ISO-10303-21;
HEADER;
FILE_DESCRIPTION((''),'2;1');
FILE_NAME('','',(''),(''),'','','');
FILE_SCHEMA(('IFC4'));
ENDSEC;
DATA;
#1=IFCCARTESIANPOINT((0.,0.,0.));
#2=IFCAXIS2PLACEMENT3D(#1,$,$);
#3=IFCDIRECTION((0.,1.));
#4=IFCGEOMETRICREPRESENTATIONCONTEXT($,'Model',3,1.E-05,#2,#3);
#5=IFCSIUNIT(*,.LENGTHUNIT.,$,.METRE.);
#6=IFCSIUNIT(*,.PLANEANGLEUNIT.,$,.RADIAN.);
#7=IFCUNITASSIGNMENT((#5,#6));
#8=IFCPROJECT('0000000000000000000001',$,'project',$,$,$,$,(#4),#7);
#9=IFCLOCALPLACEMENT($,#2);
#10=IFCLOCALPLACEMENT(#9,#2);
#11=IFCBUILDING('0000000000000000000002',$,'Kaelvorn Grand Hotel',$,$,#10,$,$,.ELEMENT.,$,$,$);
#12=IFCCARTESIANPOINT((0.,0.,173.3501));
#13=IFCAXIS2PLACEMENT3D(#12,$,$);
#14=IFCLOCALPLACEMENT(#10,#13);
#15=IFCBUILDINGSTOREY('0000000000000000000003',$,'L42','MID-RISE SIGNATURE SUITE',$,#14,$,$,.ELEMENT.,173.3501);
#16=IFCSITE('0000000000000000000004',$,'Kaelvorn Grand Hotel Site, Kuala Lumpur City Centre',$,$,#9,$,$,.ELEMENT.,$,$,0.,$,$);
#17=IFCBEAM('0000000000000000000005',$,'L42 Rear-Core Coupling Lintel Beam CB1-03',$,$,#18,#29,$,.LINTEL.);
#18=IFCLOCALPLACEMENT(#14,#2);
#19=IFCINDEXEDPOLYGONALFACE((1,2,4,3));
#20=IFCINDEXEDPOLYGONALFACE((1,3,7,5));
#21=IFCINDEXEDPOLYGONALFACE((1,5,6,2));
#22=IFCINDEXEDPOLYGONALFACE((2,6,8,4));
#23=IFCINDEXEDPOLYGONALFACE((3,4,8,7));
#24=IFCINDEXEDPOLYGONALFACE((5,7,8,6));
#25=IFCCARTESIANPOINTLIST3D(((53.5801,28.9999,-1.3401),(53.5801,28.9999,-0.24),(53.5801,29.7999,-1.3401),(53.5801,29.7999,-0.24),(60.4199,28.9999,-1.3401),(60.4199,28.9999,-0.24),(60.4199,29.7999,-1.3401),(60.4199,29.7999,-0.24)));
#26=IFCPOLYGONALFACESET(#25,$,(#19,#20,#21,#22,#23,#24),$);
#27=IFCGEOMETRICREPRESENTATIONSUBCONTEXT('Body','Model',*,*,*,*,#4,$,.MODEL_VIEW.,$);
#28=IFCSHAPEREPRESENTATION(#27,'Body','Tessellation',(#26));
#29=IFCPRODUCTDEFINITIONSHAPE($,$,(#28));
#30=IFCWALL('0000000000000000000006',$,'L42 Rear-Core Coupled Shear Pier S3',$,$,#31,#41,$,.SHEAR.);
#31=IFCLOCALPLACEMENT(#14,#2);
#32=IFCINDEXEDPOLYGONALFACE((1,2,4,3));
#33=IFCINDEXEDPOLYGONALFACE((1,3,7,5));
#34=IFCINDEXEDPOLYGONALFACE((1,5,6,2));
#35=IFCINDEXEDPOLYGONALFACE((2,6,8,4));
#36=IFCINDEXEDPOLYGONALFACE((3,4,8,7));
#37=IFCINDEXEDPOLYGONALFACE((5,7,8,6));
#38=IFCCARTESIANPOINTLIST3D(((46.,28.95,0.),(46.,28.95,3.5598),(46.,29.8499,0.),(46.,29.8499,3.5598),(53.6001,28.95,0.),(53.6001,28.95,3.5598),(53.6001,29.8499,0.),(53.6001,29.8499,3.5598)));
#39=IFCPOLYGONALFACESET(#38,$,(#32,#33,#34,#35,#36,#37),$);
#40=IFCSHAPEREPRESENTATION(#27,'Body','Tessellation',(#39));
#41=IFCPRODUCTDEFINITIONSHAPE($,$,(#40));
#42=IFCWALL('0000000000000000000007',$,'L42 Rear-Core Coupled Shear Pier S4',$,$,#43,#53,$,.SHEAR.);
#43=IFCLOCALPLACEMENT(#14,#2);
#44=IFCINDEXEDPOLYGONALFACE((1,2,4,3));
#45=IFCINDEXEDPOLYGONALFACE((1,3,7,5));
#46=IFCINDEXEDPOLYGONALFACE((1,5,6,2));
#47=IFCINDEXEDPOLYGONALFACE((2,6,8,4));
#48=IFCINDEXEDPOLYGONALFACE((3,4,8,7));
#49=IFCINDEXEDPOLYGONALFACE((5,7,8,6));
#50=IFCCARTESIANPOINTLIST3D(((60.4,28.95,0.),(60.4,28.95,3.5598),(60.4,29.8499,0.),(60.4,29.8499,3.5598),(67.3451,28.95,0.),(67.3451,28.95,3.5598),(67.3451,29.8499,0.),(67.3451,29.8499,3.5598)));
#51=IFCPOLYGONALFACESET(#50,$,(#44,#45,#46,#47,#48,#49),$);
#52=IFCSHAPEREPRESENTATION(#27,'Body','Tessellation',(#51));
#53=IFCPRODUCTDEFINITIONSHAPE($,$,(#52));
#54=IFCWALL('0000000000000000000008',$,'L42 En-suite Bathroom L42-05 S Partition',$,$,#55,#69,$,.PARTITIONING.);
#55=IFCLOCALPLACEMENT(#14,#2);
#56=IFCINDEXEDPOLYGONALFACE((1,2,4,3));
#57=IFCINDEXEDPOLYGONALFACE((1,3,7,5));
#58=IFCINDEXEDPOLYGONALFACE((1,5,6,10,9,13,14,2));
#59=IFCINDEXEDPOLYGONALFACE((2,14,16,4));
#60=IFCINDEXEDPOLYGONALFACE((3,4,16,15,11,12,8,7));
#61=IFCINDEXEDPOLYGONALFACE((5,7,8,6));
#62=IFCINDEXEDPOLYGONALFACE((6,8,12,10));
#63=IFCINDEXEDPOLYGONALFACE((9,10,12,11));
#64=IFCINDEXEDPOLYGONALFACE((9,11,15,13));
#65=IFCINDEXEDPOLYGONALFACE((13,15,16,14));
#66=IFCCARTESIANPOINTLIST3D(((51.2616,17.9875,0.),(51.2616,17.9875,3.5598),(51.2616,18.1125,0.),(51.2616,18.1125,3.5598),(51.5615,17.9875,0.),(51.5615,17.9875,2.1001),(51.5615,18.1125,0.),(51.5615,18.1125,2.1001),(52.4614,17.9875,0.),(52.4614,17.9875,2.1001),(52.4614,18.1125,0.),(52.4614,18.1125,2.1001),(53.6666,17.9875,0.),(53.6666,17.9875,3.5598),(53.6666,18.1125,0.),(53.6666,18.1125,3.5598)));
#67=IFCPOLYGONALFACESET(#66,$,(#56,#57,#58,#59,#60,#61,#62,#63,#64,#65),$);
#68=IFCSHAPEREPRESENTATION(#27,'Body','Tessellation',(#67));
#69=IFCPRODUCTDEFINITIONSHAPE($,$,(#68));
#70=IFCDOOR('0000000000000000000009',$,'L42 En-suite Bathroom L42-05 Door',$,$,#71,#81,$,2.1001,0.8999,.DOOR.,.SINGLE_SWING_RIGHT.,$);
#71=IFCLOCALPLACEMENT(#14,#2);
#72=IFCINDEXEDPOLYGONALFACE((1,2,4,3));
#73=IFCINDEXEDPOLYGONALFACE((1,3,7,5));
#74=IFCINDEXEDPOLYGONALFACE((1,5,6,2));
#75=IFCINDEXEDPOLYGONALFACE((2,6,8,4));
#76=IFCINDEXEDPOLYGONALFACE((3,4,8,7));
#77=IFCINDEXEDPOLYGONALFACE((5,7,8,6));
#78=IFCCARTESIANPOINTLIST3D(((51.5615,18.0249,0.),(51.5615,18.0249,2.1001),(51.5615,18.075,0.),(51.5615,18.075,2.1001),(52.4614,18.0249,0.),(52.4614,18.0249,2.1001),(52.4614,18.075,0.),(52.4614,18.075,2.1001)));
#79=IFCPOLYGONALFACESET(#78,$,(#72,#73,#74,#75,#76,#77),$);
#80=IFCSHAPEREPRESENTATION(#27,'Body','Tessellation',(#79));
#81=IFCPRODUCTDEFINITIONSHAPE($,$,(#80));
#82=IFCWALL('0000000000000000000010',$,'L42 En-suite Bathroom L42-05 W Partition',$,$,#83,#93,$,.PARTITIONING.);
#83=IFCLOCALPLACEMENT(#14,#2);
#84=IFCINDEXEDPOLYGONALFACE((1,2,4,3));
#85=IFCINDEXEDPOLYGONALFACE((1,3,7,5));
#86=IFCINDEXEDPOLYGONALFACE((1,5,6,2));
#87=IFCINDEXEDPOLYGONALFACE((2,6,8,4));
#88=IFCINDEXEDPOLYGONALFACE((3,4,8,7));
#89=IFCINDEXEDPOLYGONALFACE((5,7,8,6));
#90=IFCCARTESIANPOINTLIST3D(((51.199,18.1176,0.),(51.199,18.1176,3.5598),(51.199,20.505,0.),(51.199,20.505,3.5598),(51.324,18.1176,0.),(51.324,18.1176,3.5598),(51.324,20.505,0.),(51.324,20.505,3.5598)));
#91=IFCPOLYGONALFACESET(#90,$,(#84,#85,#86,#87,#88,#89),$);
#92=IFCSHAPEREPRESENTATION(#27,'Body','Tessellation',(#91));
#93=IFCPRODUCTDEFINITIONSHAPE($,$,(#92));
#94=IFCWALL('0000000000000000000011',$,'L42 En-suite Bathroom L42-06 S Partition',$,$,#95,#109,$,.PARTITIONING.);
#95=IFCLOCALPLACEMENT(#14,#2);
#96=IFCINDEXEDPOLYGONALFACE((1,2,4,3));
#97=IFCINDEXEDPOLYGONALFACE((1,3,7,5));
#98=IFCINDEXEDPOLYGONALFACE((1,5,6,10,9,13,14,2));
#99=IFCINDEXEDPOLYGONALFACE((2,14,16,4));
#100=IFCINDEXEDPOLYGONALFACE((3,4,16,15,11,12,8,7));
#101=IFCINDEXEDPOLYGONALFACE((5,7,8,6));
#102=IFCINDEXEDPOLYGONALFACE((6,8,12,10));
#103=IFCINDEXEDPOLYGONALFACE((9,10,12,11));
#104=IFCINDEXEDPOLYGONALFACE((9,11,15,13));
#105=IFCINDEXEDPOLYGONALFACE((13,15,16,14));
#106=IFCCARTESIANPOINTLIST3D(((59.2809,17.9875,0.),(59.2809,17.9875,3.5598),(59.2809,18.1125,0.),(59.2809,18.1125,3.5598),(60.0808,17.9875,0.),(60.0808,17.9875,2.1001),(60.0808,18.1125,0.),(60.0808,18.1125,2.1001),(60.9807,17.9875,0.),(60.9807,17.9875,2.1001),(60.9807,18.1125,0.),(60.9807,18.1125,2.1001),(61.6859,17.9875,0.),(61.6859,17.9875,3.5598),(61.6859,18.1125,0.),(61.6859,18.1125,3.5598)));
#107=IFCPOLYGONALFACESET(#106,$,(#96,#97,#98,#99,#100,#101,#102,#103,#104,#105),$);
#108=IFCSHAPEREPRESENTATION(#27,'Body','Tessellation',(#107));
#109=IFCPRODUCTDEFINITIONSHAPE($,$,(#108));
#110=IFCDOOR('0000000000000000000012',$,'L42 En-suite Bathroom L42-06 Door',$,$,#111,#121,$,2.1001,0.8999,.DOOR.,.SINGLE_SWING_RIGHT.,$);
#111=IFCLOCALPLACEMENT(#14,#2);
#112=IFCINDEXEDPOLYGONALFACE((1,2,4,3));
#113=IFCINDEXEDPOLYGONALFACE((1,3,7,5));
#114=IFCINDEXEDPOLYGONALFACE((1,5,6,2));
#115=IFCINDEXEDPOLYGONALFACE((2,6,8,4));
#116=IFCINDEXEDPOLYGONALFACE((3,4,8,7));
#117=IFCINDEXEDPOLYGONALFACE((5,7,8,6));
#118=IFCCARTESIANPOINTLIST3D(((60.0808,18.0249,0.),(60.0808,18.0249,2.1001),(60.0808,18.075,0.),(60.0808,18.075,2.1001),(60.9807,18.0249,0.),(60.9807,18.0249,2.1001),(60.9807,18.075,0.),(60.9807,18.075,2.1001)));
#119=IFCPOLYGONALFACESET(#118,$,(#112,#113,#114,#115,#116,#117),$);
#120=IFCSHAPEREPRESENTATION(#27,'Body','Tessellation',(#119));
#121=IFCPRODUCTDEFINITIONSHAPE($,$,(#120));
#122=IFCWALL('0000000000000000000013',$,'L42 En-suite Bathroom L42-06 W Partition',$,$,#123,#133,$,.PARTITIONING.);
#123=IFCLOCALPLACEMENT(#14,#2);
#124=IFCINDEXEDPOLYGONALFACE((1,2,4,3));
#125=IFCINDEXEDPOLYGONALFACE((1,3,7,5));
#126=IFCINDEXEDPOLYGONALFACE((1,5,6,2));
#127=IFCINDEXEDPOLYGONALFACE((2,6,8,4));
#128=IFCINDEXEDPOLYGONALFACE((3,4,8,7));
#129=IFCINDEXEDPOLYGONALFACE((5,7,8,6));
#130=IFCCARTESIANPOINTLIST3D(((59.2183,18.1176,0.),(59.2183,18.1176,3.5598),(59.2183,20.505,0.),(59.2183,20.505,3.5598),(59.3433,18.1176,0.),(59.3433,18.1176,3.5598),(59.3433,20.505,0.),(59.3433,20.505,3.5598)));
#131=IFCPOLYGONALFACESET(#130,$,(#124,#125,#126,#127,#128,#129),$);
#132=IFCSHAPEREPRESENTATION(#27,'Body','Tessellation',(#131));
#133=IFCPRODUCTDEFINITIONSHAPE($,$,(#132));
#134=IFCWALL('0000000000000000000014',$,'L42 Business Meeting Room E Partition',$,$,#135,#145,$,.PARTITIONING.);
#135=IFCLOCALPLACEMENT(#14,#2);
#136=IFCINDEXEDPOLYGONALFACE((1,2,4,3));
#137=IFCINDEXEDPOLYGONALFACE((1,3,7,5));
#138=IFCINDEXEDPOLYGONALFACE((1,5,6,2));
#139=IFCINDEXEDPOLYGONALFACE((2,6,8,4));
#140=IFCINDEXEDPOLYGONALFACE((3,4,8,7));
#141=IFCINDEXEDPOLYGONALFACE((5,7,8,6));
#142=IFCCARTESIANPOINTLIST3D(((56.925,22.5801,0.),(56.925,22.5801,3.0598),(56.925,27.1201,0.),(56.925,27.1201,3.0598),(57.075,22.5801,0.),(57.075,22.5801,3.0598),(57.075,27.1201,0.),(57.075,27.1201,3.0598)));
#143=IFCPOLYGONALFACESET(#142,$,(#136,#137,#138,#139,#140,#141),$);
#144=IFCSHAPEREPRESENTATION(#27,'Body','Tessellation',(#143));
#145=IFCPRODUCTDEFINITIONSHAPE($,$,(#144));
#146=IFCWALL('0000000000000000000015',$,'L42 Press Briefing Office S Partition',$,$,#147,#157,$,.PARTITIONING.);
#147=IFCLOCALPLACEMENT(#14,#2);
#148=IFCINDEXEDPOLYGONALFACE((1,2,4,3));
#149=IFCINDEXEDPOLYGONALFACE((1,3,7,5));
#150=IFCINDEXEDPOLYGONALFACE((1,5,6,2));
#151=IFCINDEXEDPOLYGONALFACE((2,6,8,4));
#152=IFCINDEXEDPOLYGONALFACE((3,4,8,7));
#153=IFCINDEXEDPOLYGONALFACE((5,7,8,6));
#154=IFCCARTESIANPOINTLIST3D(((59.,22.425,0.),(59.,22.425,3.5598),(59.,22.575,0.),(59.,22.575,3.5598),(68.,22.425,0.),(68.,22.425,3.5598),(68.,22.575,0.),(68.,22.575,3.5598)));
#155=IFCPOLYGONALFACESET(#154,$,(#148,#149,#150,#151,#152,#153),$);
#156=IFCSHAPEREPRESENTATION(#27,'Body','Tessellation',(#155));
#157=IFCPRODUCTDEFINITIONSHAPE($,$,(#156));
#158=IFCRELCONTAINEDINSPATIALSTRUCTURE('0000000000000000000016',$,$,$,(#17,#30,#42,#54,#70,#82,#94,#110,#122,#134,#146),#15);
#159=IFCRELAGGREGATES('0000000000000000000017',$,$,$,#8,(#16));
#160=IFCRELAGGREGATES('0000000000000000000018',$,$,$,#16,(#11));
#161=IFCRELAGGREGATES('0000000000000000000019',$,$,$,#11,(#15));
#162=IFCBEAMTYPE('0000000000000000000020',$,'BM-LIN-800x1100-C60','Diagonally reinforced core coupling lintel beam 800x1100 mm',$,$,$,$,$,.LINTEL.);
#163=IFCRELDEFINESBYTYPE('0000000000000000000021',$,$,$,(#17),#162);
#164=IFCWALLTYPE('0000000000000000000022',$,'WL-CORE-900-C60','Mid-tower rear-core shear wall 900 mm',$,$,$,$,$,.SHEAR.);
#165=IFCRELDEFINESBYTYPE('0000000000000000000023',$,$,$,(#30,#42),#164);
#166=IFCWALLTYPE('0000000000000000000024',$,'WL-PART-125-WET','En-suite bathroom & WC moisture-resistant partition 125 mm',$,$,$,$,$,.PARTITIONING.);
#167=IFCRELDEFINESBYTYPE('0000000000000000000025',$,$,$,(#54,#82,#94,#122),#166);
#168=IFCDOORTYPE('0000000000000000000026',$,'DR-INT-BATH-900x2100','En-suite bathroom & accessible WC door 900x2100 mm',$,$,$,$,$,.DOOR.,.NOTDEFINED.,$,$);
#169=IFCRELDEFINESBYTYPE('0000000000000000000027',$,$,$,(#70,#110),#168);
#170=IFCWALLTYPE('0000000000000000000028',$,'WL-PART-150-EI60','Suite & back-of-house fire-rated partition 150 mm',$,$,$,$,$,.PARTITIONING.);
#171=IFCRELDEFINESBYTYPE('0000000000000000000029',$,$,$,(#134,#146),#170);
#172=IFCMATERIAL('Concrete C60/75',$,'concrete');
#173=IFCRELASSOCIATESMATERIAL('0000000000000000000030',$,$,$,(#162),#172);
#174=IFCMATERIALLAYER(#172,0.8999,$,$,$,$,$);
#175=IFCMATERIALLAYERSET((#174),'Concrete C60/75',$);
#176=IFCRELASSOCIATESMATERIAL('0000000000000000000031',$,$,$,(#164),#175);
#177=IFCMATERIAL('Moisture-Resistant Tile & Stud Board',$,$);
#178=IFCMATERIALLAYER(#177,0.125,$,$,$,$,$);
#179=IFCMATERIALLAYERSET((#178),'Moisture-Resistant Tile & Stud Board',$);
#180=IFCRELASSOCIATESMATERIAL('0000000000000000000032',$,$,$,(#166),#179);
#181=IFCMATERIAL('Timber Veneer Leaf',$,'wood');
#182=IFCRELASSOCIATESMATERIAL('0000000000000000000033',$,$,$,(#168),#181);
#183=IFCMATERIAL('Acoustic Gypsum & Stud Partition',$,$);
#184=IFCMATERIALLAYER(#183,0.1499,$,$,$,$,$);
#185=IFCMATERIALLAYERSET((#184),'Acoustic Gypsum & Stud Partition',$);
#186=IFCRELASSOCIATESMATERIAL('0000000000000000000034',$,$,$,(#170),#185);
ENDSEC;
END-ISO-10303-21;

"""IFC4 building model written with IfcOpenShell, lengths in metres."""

from ifc_helpers import new_model, si_unit, direction, frame, frame_2d, origin, origin_2d, place, context, subcontext, project, spatial, rectangle, extrude, material, layer, layer_set, material_profile, profile_set, type_object, element, fill, save


model = new_model("IFC4")

# Units and contexts
model_context = context("Model", 3, precision=1e-05, world=origin(), true_north=direction((0.0, 1.0)))
body_context = subcontext(model_context, "Body", "Model", "MODEL_VIEW")
ifc_project = project(units=[si_unit("LENGTHUNIT", "METRE"), si_unit("PLANEANGLEUNIT", "RADIAN")], contexts=[model_context])

# Site, building, storey
site_placement = place(None, origin())
site = spatial("IfcSite", under=ifc_project, at=site_placement, Name="Kaelvorn Grand Hotel Site, Kuala Lumpur City Centre", CompositionType="ELEMENT", RefElevation=0.0)
building_placement = place(site_placement, origin())
building = spatial("IfcBuilding", under=site, at=building_placement, Name="Kaelvorn Grand Hotel", CompositionType="ELEMENT")
storey_placement = place(building_placement, frame((0.0, 0.0, 173.3501)))
storey = spatial("IfcBuildingStorey", under=building, at=storey_placement, Name="L42", Description="MID-RISE SIGNATURE SUITE", CompositionType="ELEMENT", Elevation=173.3501)

# Shared definitions
ifc_material_1 = material(Name="Concrete C60/75", Category="concrete")

# Beam
ifc_material_profile_1 = material_profile(ifc_material_1, rectangle(XDim=0.8, YDim=1.1001, at=origin_2d()), Name="RC LINTEL 800x1100")
ifc_profile_set_1 = profile_set([ifc_material_profile_1], Name="Concrete C60/75")
beam_type_1 = type_object("IfcBeamType", Name="BM-LIN-800x1100-C60", Description="Diagonally reinforced core coupling lintel beam 800x1100 mm", PredefinedType="LINTEL", material=ifc_profile_set_1)
beam_1_placement = place(storey_placement, frame((53.5801, 29.3999, -0.79), z_axis=(1.0, 0.0, 0.0), x_axis=(0.0, 1.0, 0.0)))
element("IfcBeam", 1, at=beam_1_placement, inside=storey, type_object=beam_type_1, Name="L42 Rear-Core Coupling Lintel Beam CB1-03", PredefinedType="LINTEL", context=body_context, shape_type="SweptSolid", body=[
    extrude(rectangle(XDim=0.8, YDim=1.1001, at=origin_2d()), origin(), (0.0, 0.0, 1.0), 6.8398),
])

# Walls
ifc_layer_1 = layer(ifc_material_1, 0.8999)
ifc_layer_set_1 = layer_set([ifc_layer_1], Name="Concrete C60/75")
wall_type_1 = type_object("IfcWallType", Name="WL-CORE-900-C60", Description="Mid-tower rear-core shear wall 900 mm", PredefinedType="SHEAR", material=ifc_layer_set_1)
wall_1_placement = place(storey_placement, frame((46.0, 29.3999, 0.0), z_axis=(0.0, 0.0, 1.0), x_axis=(1.0, 0.0, 0.0)))
element("IfcWall", 2, at=wall_1_placement, inside=storey, type_object=wall_type_1, Name="L42 Rear-Core Coupled Shear Pier S3", PredefinedType="SHEAR", context=body_context, shape_type="SweptSolid", body=[
    extrude(rectangle(XDim=7.6001, YDim=0.8999, at=frame_2d((3.8, 0.0))), origin(), (0.0, 0.0, 1.0), 3.5598),
])
wall_2_placement = place(storey_placement, frame((60.3999, 29.3999, 0.0), z_axis=(0.0, 0.0, 1.0), x_axis=(1.0, 0.0, 0.0)))
element("IfcWall", 3, at=wall_2_placement, inside=storey, type_object=wall_type_1, Name="L42 Rear-Core Coupled Shear Pier S4", PredefinedType="SHEAR", context=body_context, shape_type="SweptSolid", body=[
    extrude(rectangle(XDim=6.9451, YDim=0.8999, at=frame_2d((3.4727, 0.0))), origin(), (0.0, 0.0, 1.0), 3.5598),
])

# Wall, opening, door
ifc_material_2 = material(Name="Moisture-Resistant Tile & Stud Board")
ifc_layer_2 = layer(ifc_material_2, 0.125)
ifc_layer_set_2 = layer_set([ifc_layer_2], Name="Moisture-Resistant Tile & Stud Board")
wall_type_2 = type_object("IfcWallType", Name="WL-PART-125-WET", Description="En-suite bathroom & WC moisture-resistant partition 125 mm", PredefinedType="PARTITIONING", material=ifc_layer_set_2)
wall_3_placement = place(storey_placement, frame((51.2615, 18.05, 0.0), z_axis=(0.0, 0.0, 1.0), x_axis=(1.0, 0.0, 0.0)))
wall_3 = element("IfcWall", 4, at=wall_3_placement, inside=storey, type_object=wall_type_2, Name="L42 En-suite Bathroom L42-05 S Partition", PredefinedType="PARTITIONING", context=body_context, shape_type="SweptSolid", body=[
    extrude(rectangle(XDim=2.405, YDim=0.125, at=frame_2d((1.2026, 0.0))), origin(), (0.0, 0.0, 1.0), 3.5598),
])
opening_1_placement = place(wall_3_placement, frame((0.3, 0.0, 0.0)))
opening_1 = element("IfcOpeningElement", 5, at=opening_1_placement, cuts=wall_3, PredefinedType="OPENING", context=body_context, shape_type="SweptSolid", body=[
    extrude(rectangle(XDim=0.8999, YDim=2.1001, at=frame_2d((0.45, 1.05))), frame((0.0, 0.0725, 0.0), z_axis=(0.0, -1.0, 0.0), x_axis=(1.0, 0.0, 0.0)), (0.0, 0.0, 1.0), 0.145),
])
ifc_material_3 = material(Name="Timber Veneer Leaf", Category="wood")
door_type_1 = type_object("IfcDoorType", Name="DR-INT-BATH-900x2100", Description="En-suite bathroom & accessible WC door 900x2100 mm", OperationType="NOTDEFINED", PredefinedType="DOOR", material=ifc_material_3)
door_1_placement = place(opening_1_placement, origin())
door_1 = element("IfcDoor", 6, at=door_1_placement, inside=storey, type_object=door_type_1, Name="L42 En-suite Bathroom L42-05 Door", OperationType="SINGLE_SWING_RIGHT", OverallHeight=2.1001, OverallWidth=0.8999, PredefinedType="DOOR", context=body_context, shape_type="SweptSolid", body=[
    extrude(rectangle(XDim=0.8999, YDim=2.1001, at=frame_2d((0.45, 1.05))), frame((0.0, 0.0249, 0.0), z_axis=(0.0, -1.0, 0.0), x_axis=(1.0, 0.0, 0.0)), (0.0, 0.0, 1.0), 0.05),
])
fill(opening_1, door_1)

# Wall
wall_4_placement = place(storey_placement, frame((51.2615, 18.1174, 0.0), z_axis=(0.0, 0.0, 1.0), x_axis=(0.0, 1.0, 0.0)))
element("IfcWall", 7, at=wall_4_placement, inside=storey, type_object=wall_type_2, Name="L42 En-suite Bathroom L42-05 W Partition", PredefinedType="PARTITIONING", context=body_context, shape_type="SweptSolid", body=[
    extrude(rectangle(XDim=2.3875, YDim=0.125, at=frame_2d((1.1938, 0.0))), origin(), (0.0, 0.0, 1.0), 3.5598),
])

# Wall, opening, door
wall_5_placement = place(storey_placement, frame((59.2808, 18.05, 0.0), z_axis=(0.0, 0.0, 1.0), x_axis=(1.0, 0.0, 0.0)))
wall_5 = element("IfcWall", 8, at=wall_5_placement, inside=storey, type_object=wall_type_2, Name="L42 En-suite Bathroom L42-06 S Partition", PredefinedType="PARTITIONING", context=body_context, shape_type="SweptSolid", body=[
    extrude(rectangle(XDim=2.405, YDim=0.125, at=frame_2d((1.2026, 0.0))), origin(), (0.0, 0.0, 1.0), 3.5598),
])
opening_2_placement = place(wall_5_placement, frame((0.8, 0.0, 0.0)))
opening_2 = element("IfcOpeningElement", 9, at=opening_2_placement, cuts=wall_5, PredefinedType="OPENING", context=body_context, shape_type="SweptSolid", body=[
    extrude(rectangle(XDim=0.8999, YDim=2.1001, at=frame_2d((0.45, 1.05))), frame((0.0, 0.0725, 0.0), z_axis=(0.0, -1.0, 0.0), x_axis=(1.0, 0.0, 0.0)), (0.0, 0.0, 1.0), 0.145),
])
door_2_placement = place(opening_2_placement, origin())
door_2 = element("IfcDoor", 10, at=door_2_placement, inside=storey, type_object=door_type_1, Name="L42 En-suite Bathroom L42-06 Door", OperationType="SINGLE_SWING_RIGHT", OverallHeight=2.1001, OverallWidth=0.8999, PredefinedType="DOOR", context=body_context, shape_type="SweptSolid", body=[
    extrude(rectangle(XDim=0.8999, YDim=2.1001, at=frame_2d((0.45, 1.05))), frame((0.0, 0.0249, 0.0), z_axis=(0.0, -1.0, 0.0), x_axis=(1.0, 0.0, 0.0)), (0.0, 0.0, 1.0), 0.05),
])
fill(opening_2, door_2)

# Walls
wall_6_placement = place(storey_placement, frame((59.2808, 18.1174, 0.0), z_axis=(0.0, 0.0, 1.0), x_axis=(0.0, 1.0, 0.0)))
element("IfcWall", 11, at=wall_6_placement, inside=storey, type_object=wall_type_2, Name="L42 En-suite Bathroom L42-06 W Partition", PredefinedType="PARTITIONING", context=body_context, shape_type="SweptSolid", body=[
    extrude(rectangle(XDim=2.3875, YDim=0.125, at=frame_2d((1.1938, 0.0))), origin(), (0.0, 0.0, 1.0), 3.5598),
])
ifc_material_4 = material(Name="Acoustic Gypsum & Stud Partition")
ifc_layer_3 = layer(ifc_material_4, 0.1499)
ifc_layer_set_3 = layer_set([ifc_layer_3], Name="Acoustic Gypsum & Stud Partition")
wall_type_3 = type_object("IfcWallType", Name="WL-PART-150-EI60", Description="Suite & back-of-house fire-rated partition 150 mm", PredefinedType="PARTITIONING", material=ifc_layer_set_3)
wall_7_placement = place(storey_placement, frame((57.0, 22.5801, 0.0), z_axis=(0.0, 0.0, 1.0), x_axis=(0.0, 1.0, 0.0)))
element("IfcWall", 12, at=wall_7_placement, inside=storey, type_object=wall_type_3, Name="L42 Business Meeting Room E Partition", PredefinedType="PARTITIONING", context=body_context, shape_type="SweptSolid", body=[
    extrude(rectangle(XDim=4.54, YDim=0.1499, at=frame_2d((2.27, 0.0))), origin(), (0.0, 0.0, 1.0), 3.0598),
])
wall_8_placement = place(storey_placement, frame((59.0, 22.5, 0.0), z_axis=(0.0, 0.0, 1.0), x_axis=(1.0, 0.0, 0.0)))
element("IfcWall", 13, at=wall_8_placement, inside=storey, type_object=wall_type_3, Name="L42 Press Briefing Office S Partition", PredefinedType="PARTITIONING", context=body_context, shape_type="SweptSolid", body=[
    extrude(rectangle(XDim=9.0, YDim=0.1499, at=frame_2d((4.5, 0.0))), origin(), (0.0, 0.0, 1.0), 3.5598),
])

save(model, "model.ifc")
